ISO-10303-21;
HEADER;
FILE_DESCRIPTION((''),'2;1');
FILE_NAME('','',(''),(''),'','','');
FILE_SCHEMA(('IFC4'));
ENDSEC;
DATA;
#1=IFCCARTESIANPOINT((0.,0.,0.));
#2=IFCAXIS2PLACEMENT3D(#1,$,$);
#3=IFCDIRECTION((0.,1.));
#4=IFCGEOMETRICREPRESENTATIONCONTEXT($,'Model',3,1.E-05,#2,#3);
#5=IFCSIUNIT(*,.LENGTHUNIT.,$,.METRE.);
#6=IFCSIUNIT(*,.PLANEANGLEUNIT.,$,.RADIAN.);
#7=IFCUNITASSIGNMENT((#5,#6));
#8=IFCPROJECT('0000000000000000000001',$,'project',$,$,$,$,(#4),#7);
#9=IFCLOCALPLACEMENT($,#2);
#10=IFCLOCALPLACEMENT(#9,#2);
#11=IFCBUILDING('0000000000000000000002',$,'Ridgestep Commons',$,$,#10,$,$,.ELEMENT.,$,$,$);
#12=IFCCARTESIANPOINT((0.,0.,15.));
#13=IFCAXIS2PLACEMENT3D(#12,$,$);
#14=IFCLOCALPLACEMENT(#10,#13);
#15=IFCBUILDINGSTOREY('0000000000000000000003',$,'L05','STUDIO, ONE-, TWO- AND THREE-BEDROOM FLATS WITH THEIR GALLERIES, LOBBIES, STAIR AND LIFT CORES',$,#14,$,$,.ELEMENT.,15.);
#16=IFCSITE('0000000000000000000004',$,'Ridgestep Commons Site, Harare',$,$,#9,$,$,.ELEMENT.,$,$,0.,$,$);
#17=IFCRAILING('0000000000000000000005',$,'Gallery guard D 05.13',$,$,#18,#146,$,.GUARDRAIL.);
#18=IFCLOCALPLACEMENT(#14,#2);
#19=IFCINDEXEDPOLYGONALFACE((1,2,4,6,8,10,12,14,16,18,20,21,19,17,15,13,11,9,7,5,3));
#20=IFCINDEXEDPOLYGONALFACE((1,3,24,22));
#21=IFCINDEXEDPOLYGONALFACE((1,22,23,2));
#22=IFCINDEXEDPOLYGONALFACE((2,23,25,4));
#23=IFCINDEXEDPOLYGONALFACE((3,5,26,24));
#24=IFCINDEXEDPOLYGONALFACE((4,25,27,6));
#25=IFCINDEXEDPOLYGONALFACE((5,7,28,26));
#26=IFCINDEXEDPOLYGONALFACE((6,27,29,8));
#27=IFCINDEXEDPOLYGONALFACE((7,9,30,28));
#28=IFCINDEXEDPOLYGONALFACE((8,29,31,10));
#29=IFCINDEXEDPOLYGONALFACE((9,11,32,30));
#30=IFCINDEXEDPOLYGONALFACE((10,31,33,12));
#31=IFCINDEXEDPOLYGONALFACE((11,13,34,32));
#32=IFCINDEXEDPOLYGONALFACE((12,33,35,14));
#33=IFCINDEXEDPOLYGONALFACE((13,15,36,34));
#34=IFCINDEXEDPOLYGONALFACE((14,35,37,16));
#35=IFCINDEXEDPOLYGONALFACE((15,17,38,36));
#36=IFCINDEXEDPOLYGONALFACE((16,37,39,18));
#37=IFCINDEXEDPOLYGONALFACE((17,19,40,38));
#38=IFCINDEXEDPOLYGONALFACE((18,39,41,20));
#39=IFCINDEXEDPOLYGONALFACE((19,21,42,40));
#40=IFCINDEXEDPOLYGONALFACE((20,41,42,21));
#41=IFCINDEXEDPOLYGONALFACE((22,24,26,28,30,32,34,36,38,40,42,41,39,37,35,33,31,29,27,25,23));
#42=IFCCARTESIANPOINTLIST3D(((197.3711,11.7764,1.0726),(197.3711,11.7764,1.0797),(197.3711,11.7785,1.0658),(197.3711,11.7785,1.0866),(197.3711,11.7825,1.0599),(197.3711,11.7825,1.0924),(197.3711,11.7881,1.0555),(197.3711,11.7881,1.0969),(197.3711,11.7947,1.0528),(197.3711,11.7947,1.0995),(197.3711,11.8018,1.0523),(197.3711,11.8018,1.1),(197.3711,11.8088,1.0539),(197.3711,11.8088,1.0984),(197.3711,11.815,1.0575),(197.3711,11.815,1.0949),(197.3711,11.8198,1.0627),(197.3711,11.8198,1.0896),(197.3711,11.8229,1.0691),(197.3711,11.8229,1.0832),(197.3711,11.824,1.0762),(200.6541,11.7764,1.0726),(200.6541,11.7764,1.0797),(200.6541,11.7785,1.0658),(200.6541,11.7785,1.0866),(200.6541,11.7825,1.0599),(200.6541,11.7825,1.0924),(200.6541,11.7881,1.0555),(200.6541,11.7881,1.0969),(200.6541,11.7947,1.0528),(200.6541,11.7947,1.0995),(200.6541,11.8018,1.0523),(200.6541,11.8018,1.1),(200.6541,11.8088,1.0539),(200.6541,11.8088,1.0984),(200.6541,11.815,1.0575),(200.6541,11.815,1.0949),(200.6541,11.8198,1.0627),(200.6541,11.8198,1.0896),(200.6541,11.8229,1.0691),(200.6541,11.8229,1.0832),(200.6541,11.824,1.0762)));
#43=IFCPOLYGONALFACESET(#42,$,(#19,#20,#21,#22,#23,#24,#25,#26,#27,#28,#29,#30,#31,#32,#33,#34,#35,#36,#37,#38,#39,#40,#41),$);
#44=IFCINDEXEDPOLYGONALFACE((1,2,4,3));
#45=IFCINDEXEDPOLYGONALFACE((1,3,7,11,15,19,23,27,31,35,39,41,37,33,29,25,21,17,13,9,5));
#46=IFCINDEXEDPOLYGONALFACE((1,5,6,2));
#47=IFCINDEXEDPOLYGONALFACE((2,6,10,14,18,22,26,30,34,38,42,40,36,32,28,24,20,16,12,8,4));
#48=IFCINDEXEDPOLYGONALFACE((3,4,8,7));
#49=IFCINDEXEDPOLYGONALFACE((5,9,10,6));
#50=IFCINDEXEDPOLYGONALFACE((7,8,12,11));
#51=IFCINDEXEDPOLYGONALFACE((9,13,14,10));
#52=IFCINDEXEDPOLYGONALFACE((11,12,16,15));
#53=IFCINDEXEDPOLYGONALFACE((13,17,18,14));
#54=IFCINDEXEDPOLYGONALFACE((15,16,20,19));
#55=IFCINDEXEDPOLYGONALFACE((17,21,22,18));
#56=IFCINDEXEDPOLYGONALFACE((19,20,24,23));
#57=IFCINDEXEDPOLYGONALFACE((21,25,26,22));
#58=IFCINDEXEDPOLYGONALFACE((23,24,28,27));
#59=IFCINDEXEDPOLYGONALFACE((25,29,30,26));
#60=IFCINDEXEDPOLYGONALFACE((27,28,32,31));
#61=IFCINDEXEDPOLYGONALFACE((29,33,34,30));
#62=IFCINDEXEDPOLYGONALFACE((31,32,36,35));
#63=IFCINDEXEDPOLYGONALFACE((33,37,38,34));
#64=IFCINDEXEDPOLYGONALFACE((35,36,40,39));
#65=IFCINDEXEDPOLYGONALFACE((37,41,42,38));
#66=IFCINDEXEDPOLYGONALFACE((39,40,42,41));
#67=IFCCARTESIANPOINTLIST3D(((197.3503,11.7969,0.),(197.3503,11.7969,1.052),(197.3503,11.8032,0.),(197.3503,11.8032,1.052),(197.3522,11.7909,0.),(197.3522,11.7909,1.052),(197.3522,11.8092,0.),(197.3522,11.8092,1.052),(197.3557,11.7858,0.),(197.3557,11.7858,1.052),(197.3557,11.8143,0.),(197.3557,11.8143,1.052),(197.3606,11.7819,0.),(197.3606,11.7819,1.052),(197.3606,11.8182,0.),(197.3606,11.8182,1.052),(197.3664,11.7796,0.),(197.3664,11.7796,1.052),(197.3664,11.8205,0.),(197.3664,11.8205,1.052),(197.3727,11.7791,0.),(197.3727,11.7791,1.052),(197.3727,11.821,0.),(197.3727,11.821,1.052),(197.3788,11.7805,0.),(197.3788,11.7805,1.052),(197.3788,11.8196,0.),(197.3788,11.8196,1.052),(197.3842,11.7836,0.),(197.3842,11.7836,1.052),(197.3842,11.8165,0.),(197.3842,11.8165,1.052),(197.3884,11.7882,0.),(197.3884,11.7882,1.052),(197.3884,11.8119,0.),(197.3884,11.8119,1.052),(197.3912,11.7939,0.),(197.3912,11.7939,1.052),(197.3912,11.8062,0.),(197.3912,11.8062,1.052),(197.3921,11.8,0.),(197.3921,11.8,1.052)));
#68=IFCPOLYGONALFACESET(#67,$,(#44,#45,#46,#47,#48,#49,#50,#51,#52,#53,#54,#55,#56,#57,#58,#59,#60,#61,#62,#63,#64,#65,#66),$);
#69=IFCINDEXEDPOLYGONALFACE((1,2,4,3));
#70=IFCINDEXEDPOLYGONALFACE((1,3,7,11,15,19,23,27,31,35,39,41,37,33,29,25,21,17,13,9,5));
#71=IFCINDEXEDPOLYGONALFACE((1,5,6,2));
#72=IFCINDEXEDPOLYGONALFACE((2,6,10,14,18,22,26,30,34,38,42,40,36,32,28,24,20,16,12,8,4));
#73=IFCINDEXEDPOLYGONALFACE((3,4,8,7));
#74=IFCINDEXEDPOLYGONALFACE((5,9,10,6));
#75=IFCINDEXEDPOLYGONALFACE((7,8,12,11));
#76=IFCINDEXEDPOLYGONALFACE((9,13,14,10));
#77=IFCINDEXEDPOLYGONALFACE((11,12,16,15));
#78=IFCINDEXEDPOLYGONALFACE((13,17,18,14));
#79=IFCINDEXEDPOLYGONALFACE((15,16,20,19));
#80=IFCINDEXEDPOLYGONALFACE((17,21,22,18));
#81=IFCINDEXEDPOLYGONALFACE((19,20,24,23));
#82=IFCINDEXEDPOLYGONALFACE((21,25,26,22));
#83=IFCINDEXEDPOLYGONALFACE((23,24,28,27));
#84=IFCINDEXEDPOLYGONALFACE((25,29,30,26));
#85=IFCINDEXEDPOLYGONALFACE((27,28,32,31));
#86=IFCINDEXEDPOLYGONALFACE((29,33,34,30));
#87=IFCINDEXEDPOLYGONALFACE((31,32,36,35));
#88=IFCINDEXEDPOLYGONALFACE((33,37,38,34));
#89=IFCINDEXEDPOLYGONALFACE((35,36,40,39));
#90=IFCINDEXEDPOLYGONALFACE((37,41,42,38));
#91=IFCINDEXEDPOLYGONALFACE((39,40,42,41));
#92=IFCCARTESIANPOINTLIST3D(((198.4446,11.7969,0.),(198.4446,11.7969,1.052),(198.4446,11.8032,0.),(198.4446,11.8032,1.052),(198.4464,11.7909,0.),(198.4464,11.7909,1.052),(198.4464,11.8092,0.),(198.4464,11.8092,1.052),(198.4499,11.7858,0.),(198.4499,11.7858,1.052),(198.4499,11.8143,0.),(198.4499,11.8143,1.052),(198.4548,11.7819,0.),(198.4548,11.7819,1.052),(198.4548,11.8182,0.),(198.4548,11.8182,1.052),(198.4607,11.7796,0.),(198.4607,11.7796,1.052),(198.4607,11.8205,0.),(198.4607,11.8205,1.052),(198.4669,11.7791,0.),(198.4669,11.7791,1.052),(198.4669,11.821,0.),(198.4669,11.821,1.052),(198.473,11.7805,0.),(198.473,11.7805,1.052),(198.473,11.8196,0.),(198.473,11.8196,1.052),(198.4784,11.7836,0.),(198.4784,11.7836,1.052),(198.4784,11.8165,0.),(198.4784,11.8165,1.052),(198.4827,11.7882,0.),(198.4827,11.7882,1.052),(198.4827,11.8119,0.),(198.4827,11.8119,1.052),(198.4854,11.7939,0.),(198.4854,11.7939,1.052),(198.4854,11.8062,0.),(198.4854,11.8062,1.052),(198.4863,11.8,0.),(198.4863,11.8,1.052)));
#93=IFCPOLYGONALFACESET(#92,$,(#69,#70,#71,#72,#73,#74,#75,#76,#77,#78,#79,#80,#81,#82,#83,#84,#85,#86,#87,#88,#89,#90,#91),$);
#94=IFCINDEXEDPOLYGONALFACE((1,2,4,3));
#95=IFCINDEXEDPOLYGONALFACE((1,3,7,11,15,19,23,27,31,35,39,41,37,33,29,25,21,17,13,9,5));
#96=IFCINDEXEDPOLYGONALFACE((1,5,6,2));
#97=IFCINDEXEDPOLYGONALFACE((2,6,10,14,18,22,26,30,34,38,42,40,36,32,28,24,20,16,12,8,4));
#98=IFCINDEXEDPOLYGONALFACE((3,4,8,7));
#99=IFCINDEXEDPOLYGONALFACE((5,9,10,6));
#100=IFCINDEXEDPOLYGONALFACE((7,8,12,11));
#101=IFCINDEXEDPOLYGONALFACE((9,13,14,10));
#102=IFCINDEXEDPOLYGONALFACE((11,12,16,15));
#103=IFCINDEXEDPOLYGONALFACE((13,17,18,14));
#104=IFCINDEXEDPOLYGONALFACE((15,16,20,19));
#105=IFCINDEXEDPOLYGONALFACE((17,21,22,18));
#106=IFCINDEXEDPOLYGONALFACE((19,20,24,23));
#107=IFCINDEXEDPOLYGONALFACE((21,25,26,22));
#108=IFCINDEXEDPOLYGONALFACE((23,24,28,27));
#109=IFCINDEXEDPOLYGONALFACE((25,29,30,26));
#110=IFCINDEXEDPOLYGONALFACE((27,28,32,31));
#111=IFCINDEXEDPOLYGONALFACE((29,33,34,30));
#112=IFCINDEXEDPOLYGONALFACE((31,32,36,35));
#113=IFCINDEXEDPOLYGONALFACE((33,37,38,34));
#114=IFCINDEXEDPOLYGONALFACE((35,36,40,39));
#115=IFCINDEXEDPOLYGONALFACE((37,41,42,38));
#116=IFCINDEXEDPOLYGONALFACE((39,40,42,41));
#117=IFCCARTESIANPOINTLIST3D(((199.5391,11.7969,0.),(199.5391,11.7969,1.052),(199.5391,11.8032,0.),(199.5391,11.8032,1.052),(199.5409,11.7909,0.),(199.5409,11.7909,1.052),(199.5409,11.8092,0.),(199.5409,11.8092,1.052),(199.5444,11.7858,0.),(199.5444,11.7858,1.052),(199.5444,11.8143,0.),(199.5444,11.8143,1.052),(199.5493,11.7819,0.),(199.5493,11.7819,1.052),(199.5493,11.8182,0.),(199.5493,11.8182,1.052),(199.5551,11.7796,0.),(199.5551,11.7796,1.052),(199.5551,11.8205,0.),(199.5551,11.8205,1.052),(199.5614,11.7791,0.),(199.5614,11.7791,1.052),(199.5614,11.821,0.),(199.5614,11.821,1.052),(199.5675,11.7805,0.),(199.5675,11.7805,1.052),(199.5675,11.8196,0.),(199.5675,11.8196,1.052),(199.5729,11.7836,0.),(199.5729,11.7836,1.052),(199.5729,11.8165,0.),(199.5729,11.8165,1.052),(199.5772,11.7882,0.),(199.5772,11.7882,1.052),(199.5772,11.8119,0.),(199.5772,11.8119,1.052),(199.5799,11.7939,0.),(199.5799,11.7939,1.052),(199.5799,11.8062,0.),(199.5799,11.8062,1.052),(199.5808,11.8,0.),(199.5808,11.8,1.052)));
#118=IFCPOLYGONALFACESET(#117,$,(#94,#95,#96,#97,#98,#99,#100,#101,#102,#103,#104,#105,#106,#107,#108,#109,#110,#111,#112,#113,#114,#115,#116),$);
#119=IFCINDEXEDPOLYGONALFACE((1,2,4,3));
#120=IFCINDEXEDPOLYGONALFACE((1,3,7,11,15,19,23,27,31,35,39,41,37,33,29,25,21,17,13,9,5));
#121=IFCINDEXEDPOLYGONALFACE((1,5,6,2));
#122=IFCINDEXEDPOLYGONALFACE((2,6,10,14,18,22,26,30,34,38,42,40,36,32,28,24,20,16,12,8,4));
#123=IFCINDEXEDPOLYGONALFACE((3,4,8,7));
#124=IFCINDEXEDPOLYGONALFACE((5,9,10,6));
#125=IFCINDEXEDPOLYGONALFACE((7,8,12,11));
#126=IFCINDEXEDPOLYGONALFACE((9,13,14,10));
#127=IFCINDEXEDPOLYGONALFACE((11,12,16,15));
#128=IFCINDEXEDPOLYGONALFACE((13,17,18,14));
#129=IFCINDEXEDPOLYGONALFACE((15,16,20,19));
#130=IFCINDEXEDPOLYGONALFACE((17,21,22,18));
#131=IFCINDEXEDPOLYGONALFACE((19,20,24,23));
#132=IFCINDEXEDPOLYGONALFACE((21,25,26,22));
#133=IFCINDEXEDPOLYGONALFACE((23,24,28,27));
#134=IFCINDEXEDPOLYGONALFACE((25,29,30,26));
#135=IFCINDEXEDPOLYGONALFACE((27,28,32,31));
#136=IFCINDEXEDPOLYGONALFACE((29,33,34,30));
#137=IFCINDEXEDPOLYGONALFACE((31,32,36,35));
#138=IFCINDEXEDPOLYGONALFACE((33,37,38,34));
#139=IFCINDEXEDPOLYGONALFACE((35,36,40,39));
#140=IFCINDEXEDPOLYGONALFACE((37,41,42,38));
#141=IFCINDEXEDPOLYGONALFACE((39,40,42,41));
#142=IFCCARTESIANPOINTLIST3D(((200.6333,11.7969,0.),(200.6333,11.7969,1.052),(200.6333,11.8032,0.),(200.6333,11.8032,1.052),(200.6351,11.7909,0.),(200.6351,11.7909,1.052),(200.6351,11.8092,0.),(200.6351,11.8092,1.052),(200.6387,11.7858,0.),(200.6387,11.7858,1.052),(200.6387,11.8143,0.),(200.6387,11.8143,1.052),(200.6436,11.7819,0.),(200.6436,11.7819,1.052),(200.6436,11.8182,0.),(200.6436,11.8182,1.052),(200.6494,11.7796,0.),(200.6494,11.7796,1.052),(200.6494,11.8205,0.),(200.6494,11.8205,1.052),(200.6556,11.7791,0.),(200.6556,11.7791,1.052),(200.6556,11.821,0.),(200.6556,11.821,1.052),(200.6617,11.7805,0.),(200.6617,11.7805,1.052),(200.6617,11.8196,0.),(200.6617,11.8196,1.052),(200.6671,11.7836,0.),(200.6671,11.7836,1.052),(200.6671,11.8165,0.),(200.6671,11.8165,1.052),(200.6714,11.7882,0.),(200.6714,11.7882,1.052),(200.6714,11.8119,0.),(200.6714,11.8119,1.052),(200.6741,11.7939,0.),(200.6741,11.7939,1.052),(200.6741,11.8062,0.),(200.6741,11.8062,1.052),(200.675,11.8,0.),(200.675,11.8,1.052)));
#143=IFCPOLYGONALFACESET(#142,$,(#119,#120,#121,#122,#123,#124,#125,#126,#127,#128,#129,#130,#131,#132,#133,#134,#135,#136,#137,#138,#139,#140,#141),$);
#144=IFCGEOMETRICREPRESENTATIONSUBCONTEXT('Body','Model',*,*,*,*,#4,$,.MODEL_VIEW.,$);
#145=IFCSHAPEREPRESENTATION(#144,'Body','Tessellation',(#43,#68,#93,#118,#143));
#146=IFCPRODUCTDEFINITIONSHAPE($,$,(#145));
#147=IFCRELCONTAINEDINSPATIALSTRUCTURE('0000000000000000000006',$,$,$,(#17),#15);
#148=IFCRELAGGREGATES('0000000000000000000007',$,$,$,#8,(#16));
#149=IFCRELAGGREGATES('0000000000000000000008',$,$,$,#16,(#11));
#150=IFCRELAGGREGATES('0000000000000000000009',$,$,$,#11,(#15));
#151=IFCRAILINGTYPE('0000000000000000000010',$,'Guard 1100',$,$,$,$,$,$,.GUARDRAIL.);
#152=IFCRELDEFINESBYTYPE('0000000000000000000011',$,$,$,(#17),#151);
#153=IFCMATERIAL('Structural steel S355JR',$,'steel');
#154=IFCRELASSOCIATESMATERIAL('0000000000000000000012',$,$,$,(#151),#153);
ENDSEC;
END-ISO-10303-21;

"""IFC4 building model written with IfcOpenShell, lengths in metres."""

from ifc_helpers import new_model, si_unit, direction, frame, origin, origin_2d, place, context, subcontext, project, spatial, circle, extrude, material, type_object, element, save


model = new_model("IFC4")

# Units and contexts
model_context = context("Model", 3, precision=1e-05, world=origin(), true_north=direction((0.0, 1.0)))
body_context = subcontext(model_context, "Body", "Model", "MODEL_VIEW")
ifc_project = project(units=[si_unit("LENGTHUNIT", "METRE"), si_unit("PLANEANGLEUNIT", "RADIAN")], contexts=[model_context])

# Site, building, storey
site_placement = place(None, origin())
site = spatial("IfcSite", under=ifc_project, at=site_placement, Name="Ridgestep Commons Site, Harare", CompositionType="ELEMENT", RefElevation=0.0)
building_placement = place(site_placement, origin())
building = spatial("IfcBuilding", under=site, at=building_placement, Name="Ridgestep Commons", CompositionType="ELEMENT")
storey_placement = place(building_placement, frame((0.0, 0.0, 15.0)))
storey = spatial("IfcBuildingStorey", under=building, at=storey_placement, Name="L05", Description="STUDIO, ONE-, TWO- AND THREE-BEDROOM FLATS WITH THEIR GALLERIES, LOBBIES, STAIR AND LIFT CORES", CompositionType="ELEMENT", Elevation=15.0)

# Railing
ifc_material_1 = material(Name="Structural steel S355JR", Category="steel")
railing_type_1 = type_object("IfcRailingType", Name="Guard 1100", PredefinedType="GUARDRAIL", material=ifc_material_1)
railing_1_placement = place(storey_placement, frame((197.3711, 11.8, 0.0)))
element("IfcRailing", 1, at=railing_1_placement, inside=storey, type_object=railing_type_1, Name="Gallery guard D 05.13", PredefinedType="GUARDRAIL", context=body_context, shape_type="SweptSolid", body=[
    extrude(circle(Radius=0.0239, at=origin_2d()), frame((0.0, 0.0, 1.0762), z_axis=(1.0, 0.0, 0.0), x_axis=(0.0, 1.0, 0.0)), (0.0, 0.0, 1.0), 3.283),
    extrude(circle(Radius=0.021, at=origin_2d()), origin(), (0.0, 0.0, 1.0), 1.052),
    extrude(circle(Radius=0.021, at=origin_2d()), frame((1.0942, 0.0, 0.0)), (0.0, 0.0, 1.0), 1.052),
    extrude(circle(Radius=0.021, at=origin_2d()), frame((2.1887, 0.0, 0.0)), (0.0, 0.0, 1.0), 1.052),
    extrude(circle(Radius=0.021, at=origin_2d()), frame((3.283, 0.0, 0.0)), (0.0, 0.0, 1.0), 1.052),
])

save(model, "model.ifc")
